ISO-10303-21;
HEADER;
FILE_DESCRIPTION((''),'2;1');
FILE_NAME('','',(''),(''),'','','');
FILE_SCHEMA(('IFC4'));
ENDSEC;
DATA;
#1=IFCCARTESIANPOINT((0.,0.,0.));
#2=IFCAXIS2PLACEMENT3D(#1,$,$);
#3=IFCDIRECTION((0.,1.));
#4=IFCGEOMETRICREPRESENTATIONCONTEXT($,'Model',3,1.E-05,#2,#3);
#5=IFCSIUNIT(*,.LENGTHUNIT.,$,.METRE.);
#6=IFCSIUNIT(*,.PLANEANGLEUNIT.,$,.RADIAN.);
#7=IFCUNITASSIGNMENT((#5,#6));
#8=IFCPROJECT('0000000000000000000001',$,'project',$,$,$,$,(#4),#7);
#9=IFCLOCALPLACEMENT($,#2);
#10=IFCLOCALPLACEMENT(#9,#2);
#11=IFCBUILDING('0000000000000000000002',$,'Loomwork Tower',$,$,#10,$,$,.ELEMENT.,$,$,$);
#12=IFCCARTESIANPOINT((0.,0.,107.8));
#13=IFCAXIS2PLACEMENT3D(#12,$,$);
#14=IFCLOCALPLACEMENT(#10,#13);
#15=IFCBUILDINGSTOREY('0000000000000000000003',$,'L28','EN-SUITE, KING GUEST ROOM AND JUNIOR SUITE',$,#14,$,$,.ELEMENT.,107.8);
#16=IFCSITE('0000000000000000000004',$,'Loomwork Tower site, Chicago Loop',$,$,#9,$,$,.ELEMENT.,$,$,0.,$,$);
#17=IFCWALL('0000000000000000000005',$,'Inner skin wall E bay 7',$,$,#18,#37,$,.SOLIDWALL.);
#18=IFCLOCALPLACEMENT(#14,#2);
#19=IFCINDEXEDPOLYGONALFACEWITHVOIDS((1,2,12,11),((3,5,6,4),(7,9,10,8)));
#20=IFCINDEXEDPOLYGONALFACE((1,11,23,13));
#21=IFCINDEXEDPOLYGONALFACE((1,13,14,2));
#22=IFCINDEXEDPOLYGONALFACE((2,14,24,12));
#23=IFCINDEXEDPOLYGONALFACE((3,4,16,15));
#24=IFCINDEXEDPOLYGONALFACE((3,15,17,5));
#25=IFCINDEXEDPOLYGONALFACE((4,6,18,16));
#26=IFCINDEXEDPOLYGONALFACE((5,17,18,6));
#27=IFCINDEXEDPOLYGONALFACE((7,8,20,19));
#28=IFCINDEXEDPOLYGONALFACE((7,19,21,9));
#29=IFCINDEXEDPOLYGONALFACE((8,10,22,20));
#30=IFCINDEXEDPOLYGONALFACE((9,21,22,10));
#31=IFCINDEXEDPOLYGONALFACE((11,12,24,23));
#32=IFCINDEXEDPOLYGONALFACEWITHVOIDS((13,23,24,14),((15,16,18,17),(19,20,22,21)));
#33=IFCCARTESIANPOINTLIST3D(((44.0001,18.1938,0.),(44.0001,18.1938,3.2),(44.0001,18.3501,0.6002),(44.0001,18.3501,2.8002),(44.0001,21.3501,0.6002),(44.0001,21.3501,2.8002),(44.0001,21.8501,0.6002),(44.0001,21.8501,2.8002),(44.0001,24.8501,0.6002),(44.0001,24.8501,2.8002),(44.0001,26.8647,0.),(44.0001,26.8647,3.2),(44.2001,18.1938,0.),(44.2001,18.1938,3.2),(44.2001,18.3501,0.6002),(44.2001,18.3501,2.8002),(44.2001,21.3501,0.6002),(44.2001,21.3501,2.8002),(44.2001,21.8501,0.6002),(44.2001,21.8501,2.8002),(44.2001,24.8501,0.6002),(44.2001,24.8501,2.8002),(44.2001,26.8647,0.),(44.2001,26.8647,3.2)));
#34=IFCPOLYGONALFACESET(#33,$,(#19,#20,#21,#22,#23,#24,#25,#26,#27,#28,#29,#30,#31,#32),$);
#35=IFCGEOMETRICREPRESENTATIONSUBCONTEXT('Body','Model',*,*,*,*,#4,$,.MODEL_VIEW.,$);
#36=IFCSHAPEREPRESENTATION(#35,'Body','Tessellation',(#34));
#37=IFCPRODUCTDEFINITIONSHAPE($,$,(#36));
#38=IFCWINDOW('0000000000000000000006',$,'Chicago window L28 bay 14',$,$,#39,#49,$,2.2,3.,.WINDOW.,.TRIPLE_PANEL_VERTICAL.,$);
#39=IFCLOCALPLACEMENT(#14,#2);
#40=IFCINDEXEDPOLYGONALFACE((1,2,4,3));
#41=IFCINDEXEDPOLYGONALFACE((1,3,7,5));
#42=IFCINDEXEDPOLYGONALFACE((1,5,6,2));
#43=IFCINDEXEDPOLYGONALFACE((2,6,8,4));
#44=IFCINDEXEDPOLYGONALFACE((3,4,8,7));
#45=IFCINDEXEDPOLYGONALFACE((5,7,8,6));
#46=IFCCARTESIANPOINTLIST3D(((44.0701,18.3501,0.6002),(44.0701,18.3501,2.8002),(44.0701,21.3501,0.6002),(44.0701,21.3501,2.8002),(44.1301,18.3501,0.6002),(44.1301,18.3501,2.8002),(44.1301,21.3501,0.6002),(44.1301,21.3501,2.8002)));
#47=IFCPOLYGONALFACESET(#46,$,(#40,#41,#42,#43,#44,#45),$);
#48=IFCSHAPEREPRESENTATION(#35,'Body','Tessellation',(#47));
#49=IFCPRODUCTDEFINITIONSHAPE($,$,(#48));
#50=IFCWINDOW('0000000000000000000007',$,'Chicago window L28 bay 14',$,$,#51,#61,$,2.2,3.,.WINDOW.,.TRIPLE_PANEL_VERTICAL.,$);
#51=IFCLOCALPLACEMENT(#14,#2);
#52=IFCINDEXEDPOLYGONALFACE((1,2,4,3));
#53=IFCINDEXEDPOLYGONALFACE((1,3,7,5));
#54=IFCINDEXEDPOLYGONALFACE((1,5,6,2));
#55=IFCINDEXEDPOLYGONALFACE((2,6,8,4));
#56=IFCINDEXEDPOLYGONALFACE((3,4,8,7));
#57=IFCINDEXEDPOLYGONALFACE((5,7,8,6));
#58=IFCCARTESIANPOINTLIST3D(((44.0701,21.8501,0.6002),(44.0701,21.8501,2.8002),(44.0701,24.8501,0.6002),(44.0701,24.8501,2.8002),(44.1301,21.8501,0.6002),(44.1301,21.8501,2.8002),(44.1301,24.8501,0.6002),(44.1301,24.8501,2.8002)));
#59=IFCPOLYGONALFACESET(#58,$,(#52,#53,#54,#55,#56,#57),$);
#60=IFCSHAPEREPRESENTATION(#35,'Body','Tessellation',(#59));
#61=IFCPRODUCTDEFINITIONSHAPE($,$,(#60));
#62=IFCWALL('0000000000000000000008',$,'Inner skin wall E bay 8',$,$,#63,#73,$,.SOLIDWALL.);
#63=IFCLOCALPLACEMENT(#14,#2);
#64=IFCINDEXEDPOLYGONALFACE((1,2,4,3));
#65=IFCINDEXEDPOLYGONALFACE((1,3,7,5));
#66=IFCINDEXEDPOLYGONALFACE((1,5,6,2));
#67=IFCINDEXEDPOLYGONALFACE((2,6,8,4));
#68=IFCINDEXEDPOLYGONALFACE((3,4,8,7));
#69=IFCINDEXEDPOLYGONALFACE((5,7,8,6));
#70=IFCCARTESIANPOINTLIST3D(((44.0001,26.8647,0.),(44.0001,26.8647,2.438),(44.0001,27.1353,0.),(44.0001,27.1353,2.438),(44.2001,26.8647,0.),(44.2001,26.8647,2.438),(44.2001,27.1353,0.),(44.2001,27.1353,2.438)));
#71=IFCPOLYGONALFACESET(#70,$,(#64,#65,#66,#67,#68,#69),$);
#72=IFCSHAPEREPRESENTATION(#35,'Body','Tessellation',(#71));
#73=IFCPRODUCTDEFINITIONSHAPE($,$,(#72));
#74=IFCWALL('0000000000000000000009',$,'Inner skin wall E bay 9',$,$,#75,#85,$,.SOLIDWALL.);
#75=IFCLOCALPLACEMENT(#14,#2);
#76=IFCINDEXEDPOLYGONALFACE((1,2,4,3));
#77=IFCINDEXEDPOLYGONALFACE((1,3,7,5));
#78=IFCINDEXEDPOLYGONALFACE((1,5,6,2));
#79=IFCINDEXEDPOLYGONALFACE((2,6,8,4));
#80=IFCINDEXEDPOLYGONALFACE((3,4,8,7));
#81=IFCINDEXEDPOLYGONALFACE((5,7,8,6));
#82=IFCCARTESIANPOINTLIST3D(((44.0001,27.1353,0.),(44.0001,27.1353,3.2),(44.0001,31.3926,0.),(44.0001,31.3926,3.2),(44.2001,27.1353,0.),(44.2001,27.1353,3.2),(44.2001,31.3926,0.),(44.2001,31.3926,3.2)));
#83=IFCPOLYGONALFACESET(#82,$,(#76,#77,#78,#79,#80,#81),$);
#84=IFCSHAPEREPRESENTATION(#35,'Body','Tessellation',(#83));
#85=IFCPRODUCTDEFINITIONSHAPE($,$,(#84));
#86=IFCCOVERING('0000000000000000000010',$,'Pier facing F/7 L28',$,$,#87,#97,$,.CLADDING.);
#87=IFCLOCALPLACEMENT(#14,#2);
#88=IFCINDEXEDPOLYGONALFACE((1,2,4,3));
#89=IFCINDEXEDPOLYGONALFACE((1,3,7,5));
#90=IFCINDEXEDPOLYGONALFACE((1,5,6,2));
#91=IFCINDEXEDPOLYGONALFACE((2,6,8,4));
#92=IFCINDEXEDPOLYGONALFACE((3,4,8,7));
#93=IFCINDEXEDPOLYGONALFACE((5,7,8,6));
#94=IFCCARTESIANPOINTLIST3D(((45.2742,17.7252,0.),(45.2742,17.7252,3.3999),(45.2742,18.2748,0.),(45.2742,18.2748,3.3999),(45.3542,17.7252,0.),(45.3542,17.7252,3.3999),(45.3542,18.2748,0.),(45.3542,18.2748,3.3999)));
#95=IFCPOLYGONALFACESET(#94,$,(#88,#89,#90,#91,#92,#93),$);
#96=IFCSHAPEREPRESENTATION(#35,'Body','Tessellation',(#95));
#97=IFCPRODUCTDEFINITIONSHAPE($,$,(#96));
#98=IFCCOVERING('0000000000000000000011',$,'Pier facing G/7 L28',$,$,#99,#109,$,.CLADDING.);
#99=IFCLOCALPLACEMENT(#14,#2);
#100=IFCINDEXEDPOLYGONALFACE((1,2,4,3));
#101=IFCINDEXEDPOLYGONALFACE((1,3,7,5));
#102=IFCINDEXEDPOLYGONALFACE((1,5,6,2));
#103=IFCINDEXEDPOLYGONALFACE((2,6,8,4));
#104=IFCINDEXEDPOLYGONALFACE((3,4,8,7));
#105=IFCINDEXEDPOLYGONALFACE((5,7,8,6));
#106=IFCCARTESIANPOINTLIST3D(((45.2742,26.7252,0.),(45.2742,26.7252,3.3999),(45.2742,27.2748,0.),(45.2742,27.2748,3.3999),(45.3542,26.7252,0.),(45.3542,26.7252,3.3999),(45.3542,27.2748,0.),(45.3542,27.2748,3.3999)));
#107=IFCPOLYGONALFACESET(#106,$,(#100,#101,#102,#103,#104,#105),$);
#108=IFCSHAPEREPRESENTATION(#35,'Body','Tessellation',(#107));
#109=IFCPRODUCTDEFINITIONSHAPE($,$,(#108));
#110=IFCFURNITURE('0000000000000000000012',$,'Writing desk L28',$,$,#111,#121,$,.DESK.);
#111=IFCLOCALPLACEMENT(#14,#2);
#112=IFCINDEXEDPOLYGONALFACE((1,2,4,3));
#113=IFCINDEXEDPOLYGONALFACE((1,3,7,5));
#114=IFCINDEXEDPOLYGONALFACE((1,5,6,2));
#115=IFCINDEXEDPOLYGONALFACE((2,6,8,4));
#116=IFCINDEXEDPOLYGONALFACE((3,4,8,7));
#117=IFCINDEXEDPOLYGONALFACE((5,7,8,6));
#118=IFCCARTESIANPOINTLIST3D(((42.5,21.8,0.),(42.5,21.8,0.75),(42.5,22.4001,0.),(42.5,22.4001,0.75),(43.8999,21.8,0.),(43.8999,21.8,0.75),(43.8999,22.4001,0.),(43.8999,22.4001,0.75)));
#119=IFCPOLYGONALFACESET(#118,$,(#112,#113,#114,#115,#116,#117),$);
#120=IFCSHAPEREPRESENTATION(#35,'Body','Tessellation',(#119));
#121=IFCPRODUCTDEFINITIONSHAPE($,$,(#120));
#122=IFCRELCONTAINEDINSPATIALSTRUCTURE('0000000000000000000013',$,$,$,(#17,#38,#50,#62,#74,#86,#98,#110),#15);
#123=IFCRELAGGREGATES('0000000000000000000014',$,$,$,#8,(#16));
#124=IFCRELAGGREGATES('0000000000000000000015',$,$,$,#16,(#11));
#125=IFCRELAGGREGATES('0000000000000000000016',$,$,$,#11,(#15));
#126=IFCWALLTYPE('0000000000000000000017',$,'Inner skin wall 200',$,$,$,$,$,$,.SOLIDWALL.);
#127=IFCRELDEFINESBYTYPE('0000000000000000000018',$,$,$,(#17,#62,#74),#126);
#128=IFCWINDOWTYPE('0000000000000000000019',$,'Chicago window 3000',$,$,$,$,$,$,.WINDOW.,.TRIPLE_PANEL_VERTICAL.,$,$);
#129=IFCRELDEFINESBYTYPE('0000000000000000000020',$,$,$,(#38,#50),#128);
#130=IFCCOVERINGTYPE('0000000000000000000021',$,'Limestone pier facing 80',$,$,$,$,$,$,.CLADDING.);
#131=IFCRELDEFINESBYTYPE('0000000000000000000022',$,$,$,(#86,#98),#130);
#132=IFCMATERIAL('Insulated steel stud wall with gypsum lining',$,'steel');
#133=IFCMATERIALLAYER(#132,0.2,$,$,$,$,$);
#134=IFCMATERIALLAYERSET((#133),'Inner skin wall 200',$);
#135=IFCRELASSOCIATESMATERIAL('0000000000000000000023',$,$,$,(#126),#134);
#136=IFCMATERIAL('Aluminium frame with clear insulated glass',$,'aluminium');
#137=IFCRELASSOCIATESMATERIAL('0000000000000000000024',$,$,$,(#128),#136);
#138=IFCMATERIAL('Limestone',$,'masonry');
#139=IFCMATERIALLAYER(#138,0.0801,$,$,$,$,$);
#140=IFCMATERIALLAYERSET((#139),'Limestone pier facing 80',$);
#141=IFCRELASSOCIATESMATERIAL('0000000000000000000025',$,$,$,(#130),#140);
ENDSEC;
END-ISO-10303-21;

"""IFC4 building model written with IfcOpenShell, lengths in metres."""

from ifc_helpers import new_model, si_unit, direction, frame, frame_2d, origin, origin_2d, place, context, subcontext, project, spatial, rectangle, extrude, material, layer, layer_set, type_object, element, fill, save


model = new_model("IFC4")

# Units and contexts
model_context = context("Model", 3, precision=1e-05, world=origin(), true_north=direction((0.0, 1.0)))
body_context = subcontext(model_context, "Body", "Model", "MODEL_VIEW")
ifc_project = project(units=[si_unit("LENGTHUNIT", "METRE"), si_unit("PLANEANGLEUNIT", "RADIAN")], contexts=[model_context])

# Site, building, storey
site_placement = place(None, origin())
site = spatial("IfcSite", under=ifc_project, at=site_placement, Name="Loomwork Tower site, Chicago Loop", CompositionType="ELEMENT", RefElevation=0.0)
building_placement = place(site_placement, origin())
building = spatial("IfcBuilding", under=site, at=building_placement, Name="Loomwork Tower", CompositionType="ELEMENT")
storey_placement = place(building_placement, frame((0.0, 0.0, 107.8)))
storey = spatial("IfcBuildingStorey", under=building, at=storey_placement, Name="L28", Description="EN-SUITE, KING GUEST ROOM AND JUNIOR SUITE", CompositionType="ELEMENT", Elevation=107.8)

# Wall, openings, windows
ifc_material_1 = material(Name="Insulated steel stud wall with gypsum lining", Category="steel")
ifc_layer_1 = layer(ifc_material_1, 0.2)
ifc_layer_set_1 = layer_set([ifc_layer_1], Name="Inner skin wall 200")
wall_type = type_object("IfcWallType", Name="Inner skin wall 200", PredefinedType="SOLIDWALL", material=ifc_layer_set_1)
wall_1_placement = place(storey_placement, frame((44.1001, 18.1938, 0.0), z_axis=(0.0, 0.0, 1.0), x_axis=(0.0, 1.0, 0.0)))
wall_1 = element("IfcWall", 1, at=wall_1_placement, inside=storey, type_object=wall_type, Name="Inner skin wall E bay 7", PredefinedType="SOLIDWALL", context=body_context, shape_type="SweptSolid", body=[
    extrude(rectangle(XDim=8.6709, YDim=0.2, at=frame_2d((4.3354, 0.0))), origin(), (0.0, 0.0, 1.0), 3.2),
])
opening_1_placement = place(wall_1_placement, frame((0.1562, 0.0, 0.6001)))
opening_1 = element("IfcOpeningElement", 2, at=opening_1_placement, cuts=wall_1, PredefinedType="OPENING", context=body_context, shape_type="SweptSolid", body=[
    extrude(rectangle(XDim=3.0, YDim=2.2, at=frame_2d((1.5, 1.1001))), frame((0.0, 0.1099, 0.0), z_axis=(0.0, -1.0, 0.0), x_axis=(1.0, 0.0, 0.0)), (0.0, 0.0, 1.0), 0.22),
])
opening_2_placement = place(wall_1_placement, frame((3.6562, 0.0, 0.6001)))
opening_2 = element("IfcOpeningElement", 3, at=opening_2_placement, cuts=wall_1, PredefinedType="OPENING", context=body_context, shape_type="SweptSolid", body=[
    extrude(rectangle(XDim=3.0, YDim=2.2, at=frame_2d((1.5, 1.1001))), frame((0.0, 0.1099, 0.0), z_axis=(0.0, -1.0, 0.0), x_axis=(1.0, 0.0, 0.0)), (0.0, 0.0, 1.0), 0.22),
])
ifc_material_2 = material(Name="Aluminium frame with clear insulated glass", Category="aluminium")
window_type = type_object("IfcWindowType", Name="Chicago window 3000", PartitioningType="TRIPLE_PANEL_VERTICAL", PredefinedType="WINDOW", material=ifc_material_2)
window_1_placement = place(opening_1_placement, origin())
window_1 = element("IfcWindow", 4, at=window_1_placement, inside=storey, type_object=window_type, Name="Chicago window L28 bay 14", OverallHeight=2.2, OverallWidth=3.0, PartitioningType="TRIPLE_PANEL_VERTICAL", PredefinedType="WINDOW", context=body_context, shape_type="SweptSolid", body=[
    extrude(rectangle(XDim=3.0, YDim=2.2, at=frame_2d((1.5, 1.1001))), frame((0.0, 0.03, 0.0), z_axis=(0.0, -1.0, 0.0), x_axis=(1.0, 0.0, 0.0)), (0.0, 0.0, 1.0), 0.0601),
])
fill(opening_1, window_1)
window_2_placement = place(opening_2_placement, origin())
window_2 = element("IfcWindow", 5, at=window_2_placement, inside=storey, type_object=window_type, Name="Chicago window L28 bay 14", OverallHeight=2.2, OverallWidth=3.0, PartitioningType="TRIPLE_PANEL_VERTICAL", PredefinedType="WINDOW", context=body_context, shape_type="SweptSolid", body=[
    extrude(rectangle(XDim=3.0, YDim=2.2, at=frame_2d((1.5, 1.1001))), frame((0.0, 0.03, 0.0), z_axis=(0.0, -1.0, 0.0), x_axis=(1.0, 0.0, 0.0)), (0.0, 0.0, 1.0), 0.0601),
])
fill(opening_2, window_2)

# Walls
wall_2_placement = place(storey_placement, frame((44.1001, 26.8647, 0.0), z_axis=(0.0, 0.0, 1.0), x_axis=(0.0, 1.0, 0.0)))
element("IfcWall", 6, at=wall_2_placement, inside=storey, type_object=wall_type, Name="Inner skin wall E bay 8", PredefinedType="SOLIDWALL", context=body_context, shape_type="SweptSolid", body=[
    extrude(rectangle(XDim=0.2705, YDim=0.2, at=frame_2d((0.1353, 0.0))), origin(), (0.0, 0.0, 1.0), 2.438),
])
wall_3_placement = place(storey_placement, frame((44.1001, 27.1353, 0.0), z_axis=(0.0, 0.0, 1.0), x_axis=(0.0, 1.0, 0.0)))
element("IfcWall", 7, at=wall_3_placement, inside=storey, type_object=wall_type, Name="Inner skin wall E bay 9", PredefinedType="SOLIDWALL", context=body_context, shape_type="SweptSolid", body=[
    extrude(rectangle(XDim=4.2573, YDim=0.2, at=frame_2d((2.1287, 0.0))), origin(), (0.0, 0.0, 1.0), 3.2),
])

# Coverings
ifc_material_3 = material(Name="Limestone", Category="masonry")
ifc_layer_2 = layer(ifc_material_3, 0.0801)
ifc_layer_set_2 = layer_set([ifc_layer_2], Name="Limestone pier facing 80")
covering_type = type_object("IfcCoveringType", Name="Limestone pier facing 80", PredefinedType="CLADDING", material=ifc_layer_set_2)
for number, where, z_axis, x_axis, name in (
    (8, (45.3142, 18.0, 0.0), (0.0, 0.0, 1.0), (1.0, 0.0, 0.0), "Pier facing F/7 L28"),
    (9, (45.3142, 27.0, 0.0), (0.0, 0.0, 1.0), (1.0, 0.0, 0.0), "Pier facing G/7 L28"),
):
    element("IfcCovering", number, at=place(storey_placement, frame(where, z_axis=z_axis, x_axis=x_axis)), inside=storey, type_object=covering_type, Name=name, PredefinedType="CLADDING", context=body_context, shape_type="SweptSolid", body=[
        extrude(rectangle(XDim=0.0801, YDim=0.5496, at=origin_2d()), origin(), (0.0, 0.0, 1.0), 3.3999),
    ])

# Furniture
furniture_placement = place(storey_placement, frame((43.2, 22.1001, 0.0), z_axis=(0.0, 0.0, 1.0), x_axis=(1.0, 0.0, 0.0)))
element("IfcFurniture", 10, at=furniture_placement, inside=storey, Name="Writing desk L28", PredefinedType="DESK", context=body_context, shape_type="SweptSolid", body=[
    extrude(rectangle(XDim=1.3999, YDim=0.6001, at=origin_2d()), origin(), (0.0, 0.0, 1.0), 0.75),
])

save(model, "model.ifc")
